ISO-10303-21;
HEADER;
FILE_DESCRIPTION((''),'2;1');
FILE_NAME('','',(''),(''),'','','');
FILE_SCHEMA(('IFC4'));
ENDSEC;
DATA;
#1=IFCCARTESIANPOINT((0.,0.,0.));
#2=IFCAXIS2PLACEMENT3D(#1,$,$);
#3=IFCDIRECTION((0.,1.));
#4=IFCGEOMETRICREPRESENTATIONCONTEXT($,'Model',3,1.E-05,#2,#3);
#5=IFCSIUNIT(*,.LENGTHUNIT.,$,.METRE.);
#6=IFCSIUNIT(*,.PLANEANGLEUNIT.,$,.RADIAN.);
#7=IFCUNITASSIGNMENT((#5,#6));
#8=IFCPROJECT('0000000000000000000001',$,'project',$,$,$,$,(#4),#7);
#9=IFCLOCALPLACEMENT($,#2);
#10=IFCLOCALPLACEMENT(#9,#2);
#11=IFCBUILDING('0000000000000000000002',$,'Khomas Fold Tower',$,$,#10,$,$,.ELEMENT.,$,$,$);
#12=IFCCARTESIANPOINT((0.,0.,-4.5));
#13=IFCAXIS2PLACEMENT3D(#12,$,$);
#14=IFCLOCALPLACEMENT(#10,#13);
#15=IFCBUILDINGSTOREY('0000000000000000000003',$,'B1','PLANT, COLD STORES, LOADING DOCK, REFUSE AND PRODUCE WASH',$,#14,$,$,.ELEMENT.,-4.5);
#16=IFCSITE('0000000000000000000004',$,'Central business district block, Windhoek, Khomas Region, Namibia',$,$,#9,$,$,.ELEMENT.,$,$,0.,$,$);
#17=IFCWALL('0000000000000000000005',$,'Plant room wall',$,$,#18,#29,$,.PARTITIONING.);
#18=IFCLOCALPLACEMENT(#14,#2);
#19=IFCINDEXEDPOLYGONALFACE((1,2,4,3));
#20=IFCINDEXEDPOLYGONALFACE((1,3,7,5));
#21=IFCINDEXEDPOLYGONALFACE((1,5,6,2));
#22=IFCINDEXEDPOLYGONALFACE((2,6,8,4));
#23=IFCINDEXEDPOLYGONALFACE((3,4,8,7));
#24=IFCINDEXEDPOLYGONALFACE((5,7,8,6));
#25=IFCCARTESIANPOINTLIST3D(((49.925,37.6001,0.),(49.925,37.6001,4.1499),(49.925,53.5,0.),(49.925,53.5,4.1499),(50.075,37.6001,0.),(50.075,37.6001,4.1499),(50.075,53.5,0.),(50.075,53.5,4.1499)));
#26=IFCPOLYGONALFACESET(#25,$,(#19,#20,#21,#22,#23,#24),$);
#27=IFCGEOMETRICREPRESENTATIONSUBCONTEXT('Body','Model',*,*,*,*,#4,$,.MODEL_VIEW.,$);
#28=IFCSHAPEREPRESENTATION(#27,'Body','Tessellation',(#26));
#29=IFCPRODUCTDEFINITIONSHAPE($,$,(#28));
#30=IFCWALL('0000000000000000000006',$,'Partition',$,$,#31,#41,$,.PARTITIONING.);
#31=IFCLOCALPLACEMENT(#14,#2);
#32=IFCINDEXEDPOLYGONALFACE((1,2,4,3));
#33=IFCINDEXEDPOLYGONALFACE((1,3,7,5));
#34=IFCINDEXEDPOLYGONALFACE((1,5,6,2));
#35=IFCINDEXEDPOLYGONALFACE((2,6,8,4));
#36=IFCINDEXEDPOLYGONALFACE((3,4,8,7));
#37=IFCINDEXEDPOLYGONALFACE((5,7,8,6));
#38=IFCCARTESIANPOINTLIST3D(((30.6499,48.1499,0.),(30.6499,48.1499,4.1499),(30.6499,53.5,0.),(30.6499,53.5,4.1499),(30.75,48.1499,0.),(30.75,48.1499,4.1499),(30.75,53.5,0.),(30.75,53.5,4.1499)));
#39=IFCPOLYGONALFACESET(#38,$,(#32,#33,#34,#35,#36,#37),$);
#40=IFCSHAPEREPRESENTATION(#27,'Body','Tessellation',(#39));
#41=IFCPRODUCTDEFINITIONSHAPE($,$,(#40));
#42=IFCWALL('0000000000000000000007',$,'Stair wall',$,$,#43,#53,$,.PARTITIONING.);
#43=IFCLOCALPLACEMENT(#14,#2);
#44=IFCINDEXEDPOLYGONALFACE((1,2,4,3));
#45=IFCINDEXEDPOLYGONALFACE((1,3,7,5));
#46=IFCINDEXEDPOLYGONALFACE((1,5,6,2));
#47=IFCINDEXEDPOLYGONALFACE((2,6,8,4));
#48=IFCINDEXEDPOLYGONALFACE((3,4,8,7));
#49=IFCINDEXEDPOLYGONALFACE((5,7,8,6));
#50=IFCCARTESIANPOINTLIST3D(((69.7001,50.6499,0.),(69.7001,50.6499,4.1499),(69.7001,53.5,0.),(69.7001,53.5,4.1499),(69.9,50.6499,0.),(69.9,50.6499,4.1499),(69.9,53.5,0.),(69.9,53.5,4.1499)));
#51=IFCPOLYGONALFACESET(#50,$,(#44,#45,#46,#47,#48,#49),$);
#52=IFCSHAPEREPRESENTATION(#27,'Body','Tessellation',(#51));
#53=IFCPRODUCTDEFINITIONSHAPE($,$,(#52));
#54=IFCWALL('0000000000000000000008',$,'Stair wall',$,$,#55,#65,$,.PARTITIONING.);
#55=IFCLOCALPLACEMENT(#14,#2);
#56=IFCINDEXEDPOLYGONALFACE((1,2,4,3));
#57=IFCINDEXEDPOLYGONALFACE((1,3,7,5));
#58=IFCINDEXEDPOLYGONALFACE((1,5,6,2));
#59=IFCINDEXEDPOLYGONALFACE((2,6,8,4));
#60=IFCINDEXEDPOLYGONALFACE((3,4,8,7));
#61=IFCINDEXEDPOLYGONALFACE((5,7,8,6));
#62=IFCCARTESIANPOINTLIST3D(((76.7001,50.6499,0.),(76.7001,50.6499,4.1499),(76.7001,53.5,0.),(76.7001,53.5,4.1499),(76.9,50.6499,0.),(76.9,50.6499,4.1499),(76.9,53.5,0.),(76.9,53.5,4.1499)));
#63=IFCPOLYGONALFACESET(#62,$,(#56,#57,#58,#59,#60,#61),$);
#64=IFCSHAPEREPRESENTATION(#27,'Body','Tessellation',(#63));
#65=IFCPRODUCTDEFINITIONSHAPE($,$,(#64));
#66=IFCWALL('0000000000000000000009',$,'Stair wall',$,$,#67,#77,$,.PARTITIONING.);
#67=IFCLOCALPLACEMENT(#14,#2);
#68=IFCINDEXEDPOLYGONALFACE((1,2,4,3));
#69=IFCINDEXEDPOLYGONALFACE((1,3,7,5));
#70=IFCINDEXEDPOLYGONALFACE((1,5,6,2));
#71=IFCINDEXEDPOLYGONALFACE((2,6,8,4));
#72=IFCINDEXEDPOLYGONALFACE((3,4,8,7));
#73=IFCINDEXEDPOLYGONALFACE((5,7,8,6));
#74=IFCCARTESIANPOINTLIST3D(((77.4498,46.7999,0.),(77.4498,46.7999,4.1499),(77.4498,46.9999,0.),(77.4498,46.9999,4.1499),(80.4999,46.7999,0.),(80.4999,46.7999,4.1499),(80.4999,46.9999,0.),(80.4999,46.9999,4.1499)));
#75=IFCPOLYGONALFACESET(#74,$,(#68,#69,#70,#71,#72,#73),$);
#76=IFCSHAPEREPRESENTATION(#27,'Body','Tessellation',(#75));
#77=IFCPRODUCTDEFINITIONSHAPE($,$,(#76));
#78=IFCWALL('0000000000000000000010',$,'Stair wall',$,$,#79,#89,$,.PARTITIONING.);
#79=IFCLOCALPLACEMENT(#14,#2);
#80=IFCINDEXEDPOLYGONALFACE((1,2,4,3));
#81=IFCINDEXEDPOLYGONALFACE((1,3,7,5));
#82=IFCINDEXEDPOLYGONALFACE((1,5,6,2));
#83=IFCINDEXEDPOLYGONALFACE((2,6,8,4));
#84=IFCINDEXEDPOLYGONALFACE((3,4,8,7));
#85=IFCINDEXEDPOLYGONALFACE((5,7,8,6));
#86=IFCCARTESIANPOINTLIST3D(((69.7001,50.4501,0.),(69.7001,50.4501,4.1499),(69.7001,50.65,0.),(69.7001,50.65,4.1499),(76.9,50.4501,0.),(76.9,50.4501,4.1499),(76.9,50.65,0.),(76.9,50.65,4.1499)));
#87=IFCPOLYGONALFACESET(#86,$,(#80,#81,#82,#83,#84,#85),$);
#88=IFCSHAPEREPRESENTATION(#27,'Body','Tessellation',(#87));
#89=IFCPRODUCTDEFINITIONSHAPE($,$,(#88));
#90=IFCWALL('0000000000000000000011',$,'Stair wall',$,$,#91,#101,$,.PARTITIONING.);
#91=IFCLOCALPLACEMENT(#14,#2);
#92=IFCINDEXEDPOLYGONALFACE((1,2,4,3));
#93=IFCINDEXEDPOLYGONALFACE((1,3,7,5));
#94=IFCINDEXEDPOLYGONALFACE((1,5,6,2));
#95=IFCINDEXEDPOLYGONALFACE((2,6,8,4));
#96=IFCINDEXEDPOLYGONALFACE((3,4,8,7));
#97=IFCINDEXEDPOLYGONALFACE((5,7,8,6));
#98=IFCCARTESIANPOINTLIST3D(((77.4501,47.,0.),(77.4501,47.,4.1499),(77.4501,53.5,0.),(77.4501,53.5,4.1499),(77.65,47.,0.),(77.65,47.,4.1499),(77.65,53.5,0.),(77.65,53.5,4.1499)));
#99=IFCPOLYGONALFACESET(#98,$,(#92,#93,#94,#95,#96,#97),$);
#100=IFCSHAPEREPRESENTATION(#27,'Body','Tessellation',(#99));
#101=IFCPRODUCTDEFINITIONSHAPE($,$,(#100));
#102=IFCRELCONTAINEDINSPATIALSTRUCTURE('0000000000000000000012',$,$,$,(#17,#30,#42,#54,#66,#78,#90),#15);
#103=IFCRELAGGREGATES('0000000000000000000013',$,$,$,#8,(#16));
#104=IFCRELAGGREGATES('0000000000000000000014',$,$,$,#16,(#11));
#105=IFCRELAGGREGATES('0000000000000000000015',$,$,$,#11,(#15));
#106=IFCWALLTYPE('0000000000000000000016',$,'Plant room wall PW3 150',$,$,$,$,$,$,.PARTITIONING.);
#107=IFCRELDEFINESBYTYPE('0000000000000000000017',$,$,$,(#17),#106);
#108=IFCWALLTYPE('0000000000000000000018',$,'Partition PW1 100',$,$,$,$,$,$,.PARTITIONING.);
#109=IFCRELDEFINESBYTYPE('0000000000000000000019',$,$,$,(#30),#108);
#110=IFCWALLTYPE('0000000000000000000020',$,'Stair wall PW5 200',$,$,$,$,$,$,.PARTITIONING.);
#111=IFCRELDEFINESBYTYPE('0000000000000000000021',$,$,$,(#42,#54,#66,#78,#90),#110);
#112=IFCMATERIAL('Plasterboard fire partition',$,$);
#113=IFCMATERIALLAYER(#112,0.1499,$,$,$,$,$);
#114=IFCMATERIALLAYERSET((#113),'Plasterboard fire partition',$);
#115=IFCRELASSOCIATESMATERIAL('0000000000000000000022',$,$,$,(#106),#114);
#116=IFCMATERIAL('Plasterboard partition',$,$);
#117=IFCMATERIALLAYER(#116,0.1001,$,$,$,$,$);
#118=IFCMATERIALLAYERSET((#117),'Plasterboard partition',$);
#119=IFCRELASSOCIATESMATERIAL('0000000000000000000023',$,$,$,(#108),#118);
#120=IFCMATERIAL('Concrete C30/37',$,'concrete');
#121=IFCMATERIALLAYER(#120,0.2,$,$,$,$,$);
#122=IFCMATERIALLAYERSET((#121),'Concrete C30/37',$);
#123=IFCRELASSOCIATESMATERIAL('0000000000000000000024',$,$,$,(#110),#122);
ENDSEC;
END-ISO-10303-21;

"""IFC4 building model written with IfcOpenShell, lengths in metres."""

from ifc_helpers import new_model, si_unit, direction, frame, frame_2d, origin, place, context, subcontext, project, spatial, rectangle, extrude, source, transform, mapped, material, layer, layer_set, type_object, element, save


model = new_model("IFC4")

# Units and contexts
model_context = context("Model", 3, precision=1e-05, world=origin(), true_north=direction((0.0, 1.0)))
body_context = subcontext(model_context, "Body", "Model", "MODEL_VIEW")
ifc_project = project(units=[si_unit("LENGTHUNIT", "METRE"), si_unit("PLANEANGLEUNIT", "RADIAN")], contexts=[model_context])

# Site, building, storey
site_placement = place(None, origin())
site = spatial("IfcSite", under=ifc_project, at=site_placement, Name="Central business district block, Windhoek, Khomas Region, Namibia", CompositionType="ELEMENT", RefElevation=0.0)
building_placement = place(site_placement, origin())
building = spatial("IfcBuilding", under=site, at=building_placement, Name="Khomas Fold Tower", CompositionType="ELEMENT")
storey_placement = place(building_placement, frame((0.0, 0.0, -4.5)))
storey = spatial("IfcBuildingStorey", under=building, at=storey_placement, Name="B1", Description="PLANT, COLD STORES, LOADING DOCK, REFUSE AND PRODUCE WASH", CompositionType="ELEMENT", Elevation=-4.5)

# Shared definitions
ifc_material_1 = material(Name="Plasterboard fire partition")
ifc_layer_1 = layer(ifc_material_1, 0.1499)
ifc_layer_set_1 = layer_set([ifc_layer_1], Name="Plasterboard fire partition")
wall_type_1 = type_object("IfcWallType", Name="Plant room wall PW3 150", PredefinedType="PARTITIONING", material=ifc_layer_set_1)

# Walls
shared_shape_1 = source(origin(), body_context, "Body", "SweptSolid", [
    extrude(rectangle(XDim=15.8999, YDim=0.1499, at=frame_2d((7.95, 0.0))), origin(), (0.0, 0.0, 1.0), 4.1499),
])
wall_1_placement = place(storey_placement, frame((50.0, 37.6001, 0.0), z_axis=(0.0, 0.0, 1.0), x_axis=(0.0, 1.0, 0.0)))
element("IfcWall", 1, at=wall_1_placement, inside=storey, type_object=wall_type_1, Name="Plant room wall", PredefinedType="PARTITIONING", context=body_context, shape_type="MappedRepresentation", body=[
    mapped(shared_shape_1, transform((0.0, 0.0, 0.0))),
])
ifc_material_2 = material(Name="Plasterboard partition")
ifc_layer_2 = layer(ifc_material_2, 0.1001)
ifc_layer_set_2 = layer_set([ifc_layer_2], Name="Plasterboard partition")
wall_type_2 = type_object("IfcWallType", Name="Partition PW1 100", PredefinedType="PARTITIONING", material=ifc_layer_set_2)
shared_shape_2 = source(origin(), body_context, "Body", "SweptSolid", [
    extrude(rectangle(XDim=5.3501, YDim=0.1001, at=frame_2d((2.675, 0.0))), origin(), (0.0, 0.0, 1.0), 4.1499),
])
wall_2_placement = place(storey_placement, frame((30.7, 48.1499, 0.0), z_axis=(0.0, 0.0, 1.0), x_axis=(0.0, 1.0, 0.0)))
element("IfcWall", 2, at=wall_2_placement, inside=storey, type_object=wall_type_2, Name="Partition", PredefinedType="PARTITIONING", context=body_context, shape_type="MappedRepresentation", body=[
    mapped(shared_shape_2, transform((0.0, 0.0, 0.0))),
])
ifc_material_3 = material(Name="Concrete C30/37", Category="concrete")
ifc_layer_3 = layer(ifc_material_3, 0.2)
ifc_layer_set_3 = layer_set([ifc_layer_3], Name="Concrete C30/37")
wall_type_3 = type_object("IfcWallType", Name="Stair wall PW5 200", PredefinedType="PARTITIONING", material=ifc_layer_set_3)
shared_shape_3 = source(origin(), body_context, "Body", "SweptSolid", [
    extrude(rectangle(XDim=2.8501, YDim=0.2, at=frame_2d((1.425, 0.0))), origin(), (0.0, 0.0, 1.0), 4.1499),
])
for number, where, z_axis, x_axis, name in (
    (3, (69.8, 50.6499, 0.0), (0.0, 0.0, 1.0), (0.0, 1.0, 0.0), "Stair wall"),
    (4, (76.8, 50.6499, 0.0), (0.0, 0.0, 1.0), (0.0, 1.0, 0.0), "Stair wall"),
):
    element("IfcWall", number, at=place(storey_placement, frame(where, z_axis=z_axis, x_axis=x_axis)), inside=storey, type_object=wall_type_3, Name=name, PredefinedType="PARTITIONING", context=body_context, shape_type="MappedRepresentation", body=[
        mapped(shared_shape_3, transform((0.0, 0.0, 0.0))),
    ])
shared_shape_4 = source(origin(), body_context, "Body", "SweptSolid", [
    extrude(rectangle(XDim=3.05, YDim=0.2, at=frame_2d((1.5249, 0.0))), origin(), (0.0, 0.0, 1.0), 4.1499),
])
wall_3_placement = place(storey_placement, frame((77.45, 46.8999, 0.0), z_axis=(0.0, 0.0, 1.0), x_axis=(1.0, 0.0, 0.0)))
element("IfcWall", 5, at=wall_3_placement, inside=storey, type_object=wall_type_3, Name="Stair wall", PredefinedType="PARTITIONING", context=body_context, shape_type="MappedRepresentation", body=[
    mapped(shared_shape_4, transform((0.0, 0.0, 0.0))),
])
shared_shape_5 = source(origin(), body_context, "Body", "SweptSolid", [
    extrude(rectangle(XDim=7.2, YDim=0.2, at=frame_2d((3.6001, 0.0))), origin(), (0.0, 0.0, 1.0), 4.1499),
])
wall_4_placement = place(storey_placement, frame((69.7, 50.55, 0.0), z_axis=(0.0, 0.0, 1.0), x_axis=(1.0, 0.0, 0.0)))
element("IfcWall", 6, at=wall_4_placement, inside=storey, type_object=wall_type_3, Name="Stair wall", PredefinedType="PARTITIONING", context=body_context, shape_type="MappedRepresentation", body=[
    mapped(shared_shape_5, transform((0.0, 0.0, 0.0))),
])
shared_shape_6 = source(origin(), body_context, "Body", "SweptSolid", [
    extrude(rectangle(XDim=6.5, YDim=0.2, at=frame_2d((3.25, 0.0))), origin(), (0.0, 0.0, 1.0), 4.1499),
])
wall_5_placement = place(storey_placement, frame((77.55, 47.0, 0.0), z_axis=(0.0, 0.0, 1.0), x_axis=(0.0, 1.0, 0.0)))
element("IfcWall", 7, at=wall_5_placement, inside=storey, type_object=wall_type_3, Name="Stair wall", PredefinedType="PARTITIONING", context=body_context, shape_type="MappedRepresentation", body=[
    mapped(shared_shape_6, transform((0.0, 0.0, 0.0))),
])

save(model, "model.ifc")
